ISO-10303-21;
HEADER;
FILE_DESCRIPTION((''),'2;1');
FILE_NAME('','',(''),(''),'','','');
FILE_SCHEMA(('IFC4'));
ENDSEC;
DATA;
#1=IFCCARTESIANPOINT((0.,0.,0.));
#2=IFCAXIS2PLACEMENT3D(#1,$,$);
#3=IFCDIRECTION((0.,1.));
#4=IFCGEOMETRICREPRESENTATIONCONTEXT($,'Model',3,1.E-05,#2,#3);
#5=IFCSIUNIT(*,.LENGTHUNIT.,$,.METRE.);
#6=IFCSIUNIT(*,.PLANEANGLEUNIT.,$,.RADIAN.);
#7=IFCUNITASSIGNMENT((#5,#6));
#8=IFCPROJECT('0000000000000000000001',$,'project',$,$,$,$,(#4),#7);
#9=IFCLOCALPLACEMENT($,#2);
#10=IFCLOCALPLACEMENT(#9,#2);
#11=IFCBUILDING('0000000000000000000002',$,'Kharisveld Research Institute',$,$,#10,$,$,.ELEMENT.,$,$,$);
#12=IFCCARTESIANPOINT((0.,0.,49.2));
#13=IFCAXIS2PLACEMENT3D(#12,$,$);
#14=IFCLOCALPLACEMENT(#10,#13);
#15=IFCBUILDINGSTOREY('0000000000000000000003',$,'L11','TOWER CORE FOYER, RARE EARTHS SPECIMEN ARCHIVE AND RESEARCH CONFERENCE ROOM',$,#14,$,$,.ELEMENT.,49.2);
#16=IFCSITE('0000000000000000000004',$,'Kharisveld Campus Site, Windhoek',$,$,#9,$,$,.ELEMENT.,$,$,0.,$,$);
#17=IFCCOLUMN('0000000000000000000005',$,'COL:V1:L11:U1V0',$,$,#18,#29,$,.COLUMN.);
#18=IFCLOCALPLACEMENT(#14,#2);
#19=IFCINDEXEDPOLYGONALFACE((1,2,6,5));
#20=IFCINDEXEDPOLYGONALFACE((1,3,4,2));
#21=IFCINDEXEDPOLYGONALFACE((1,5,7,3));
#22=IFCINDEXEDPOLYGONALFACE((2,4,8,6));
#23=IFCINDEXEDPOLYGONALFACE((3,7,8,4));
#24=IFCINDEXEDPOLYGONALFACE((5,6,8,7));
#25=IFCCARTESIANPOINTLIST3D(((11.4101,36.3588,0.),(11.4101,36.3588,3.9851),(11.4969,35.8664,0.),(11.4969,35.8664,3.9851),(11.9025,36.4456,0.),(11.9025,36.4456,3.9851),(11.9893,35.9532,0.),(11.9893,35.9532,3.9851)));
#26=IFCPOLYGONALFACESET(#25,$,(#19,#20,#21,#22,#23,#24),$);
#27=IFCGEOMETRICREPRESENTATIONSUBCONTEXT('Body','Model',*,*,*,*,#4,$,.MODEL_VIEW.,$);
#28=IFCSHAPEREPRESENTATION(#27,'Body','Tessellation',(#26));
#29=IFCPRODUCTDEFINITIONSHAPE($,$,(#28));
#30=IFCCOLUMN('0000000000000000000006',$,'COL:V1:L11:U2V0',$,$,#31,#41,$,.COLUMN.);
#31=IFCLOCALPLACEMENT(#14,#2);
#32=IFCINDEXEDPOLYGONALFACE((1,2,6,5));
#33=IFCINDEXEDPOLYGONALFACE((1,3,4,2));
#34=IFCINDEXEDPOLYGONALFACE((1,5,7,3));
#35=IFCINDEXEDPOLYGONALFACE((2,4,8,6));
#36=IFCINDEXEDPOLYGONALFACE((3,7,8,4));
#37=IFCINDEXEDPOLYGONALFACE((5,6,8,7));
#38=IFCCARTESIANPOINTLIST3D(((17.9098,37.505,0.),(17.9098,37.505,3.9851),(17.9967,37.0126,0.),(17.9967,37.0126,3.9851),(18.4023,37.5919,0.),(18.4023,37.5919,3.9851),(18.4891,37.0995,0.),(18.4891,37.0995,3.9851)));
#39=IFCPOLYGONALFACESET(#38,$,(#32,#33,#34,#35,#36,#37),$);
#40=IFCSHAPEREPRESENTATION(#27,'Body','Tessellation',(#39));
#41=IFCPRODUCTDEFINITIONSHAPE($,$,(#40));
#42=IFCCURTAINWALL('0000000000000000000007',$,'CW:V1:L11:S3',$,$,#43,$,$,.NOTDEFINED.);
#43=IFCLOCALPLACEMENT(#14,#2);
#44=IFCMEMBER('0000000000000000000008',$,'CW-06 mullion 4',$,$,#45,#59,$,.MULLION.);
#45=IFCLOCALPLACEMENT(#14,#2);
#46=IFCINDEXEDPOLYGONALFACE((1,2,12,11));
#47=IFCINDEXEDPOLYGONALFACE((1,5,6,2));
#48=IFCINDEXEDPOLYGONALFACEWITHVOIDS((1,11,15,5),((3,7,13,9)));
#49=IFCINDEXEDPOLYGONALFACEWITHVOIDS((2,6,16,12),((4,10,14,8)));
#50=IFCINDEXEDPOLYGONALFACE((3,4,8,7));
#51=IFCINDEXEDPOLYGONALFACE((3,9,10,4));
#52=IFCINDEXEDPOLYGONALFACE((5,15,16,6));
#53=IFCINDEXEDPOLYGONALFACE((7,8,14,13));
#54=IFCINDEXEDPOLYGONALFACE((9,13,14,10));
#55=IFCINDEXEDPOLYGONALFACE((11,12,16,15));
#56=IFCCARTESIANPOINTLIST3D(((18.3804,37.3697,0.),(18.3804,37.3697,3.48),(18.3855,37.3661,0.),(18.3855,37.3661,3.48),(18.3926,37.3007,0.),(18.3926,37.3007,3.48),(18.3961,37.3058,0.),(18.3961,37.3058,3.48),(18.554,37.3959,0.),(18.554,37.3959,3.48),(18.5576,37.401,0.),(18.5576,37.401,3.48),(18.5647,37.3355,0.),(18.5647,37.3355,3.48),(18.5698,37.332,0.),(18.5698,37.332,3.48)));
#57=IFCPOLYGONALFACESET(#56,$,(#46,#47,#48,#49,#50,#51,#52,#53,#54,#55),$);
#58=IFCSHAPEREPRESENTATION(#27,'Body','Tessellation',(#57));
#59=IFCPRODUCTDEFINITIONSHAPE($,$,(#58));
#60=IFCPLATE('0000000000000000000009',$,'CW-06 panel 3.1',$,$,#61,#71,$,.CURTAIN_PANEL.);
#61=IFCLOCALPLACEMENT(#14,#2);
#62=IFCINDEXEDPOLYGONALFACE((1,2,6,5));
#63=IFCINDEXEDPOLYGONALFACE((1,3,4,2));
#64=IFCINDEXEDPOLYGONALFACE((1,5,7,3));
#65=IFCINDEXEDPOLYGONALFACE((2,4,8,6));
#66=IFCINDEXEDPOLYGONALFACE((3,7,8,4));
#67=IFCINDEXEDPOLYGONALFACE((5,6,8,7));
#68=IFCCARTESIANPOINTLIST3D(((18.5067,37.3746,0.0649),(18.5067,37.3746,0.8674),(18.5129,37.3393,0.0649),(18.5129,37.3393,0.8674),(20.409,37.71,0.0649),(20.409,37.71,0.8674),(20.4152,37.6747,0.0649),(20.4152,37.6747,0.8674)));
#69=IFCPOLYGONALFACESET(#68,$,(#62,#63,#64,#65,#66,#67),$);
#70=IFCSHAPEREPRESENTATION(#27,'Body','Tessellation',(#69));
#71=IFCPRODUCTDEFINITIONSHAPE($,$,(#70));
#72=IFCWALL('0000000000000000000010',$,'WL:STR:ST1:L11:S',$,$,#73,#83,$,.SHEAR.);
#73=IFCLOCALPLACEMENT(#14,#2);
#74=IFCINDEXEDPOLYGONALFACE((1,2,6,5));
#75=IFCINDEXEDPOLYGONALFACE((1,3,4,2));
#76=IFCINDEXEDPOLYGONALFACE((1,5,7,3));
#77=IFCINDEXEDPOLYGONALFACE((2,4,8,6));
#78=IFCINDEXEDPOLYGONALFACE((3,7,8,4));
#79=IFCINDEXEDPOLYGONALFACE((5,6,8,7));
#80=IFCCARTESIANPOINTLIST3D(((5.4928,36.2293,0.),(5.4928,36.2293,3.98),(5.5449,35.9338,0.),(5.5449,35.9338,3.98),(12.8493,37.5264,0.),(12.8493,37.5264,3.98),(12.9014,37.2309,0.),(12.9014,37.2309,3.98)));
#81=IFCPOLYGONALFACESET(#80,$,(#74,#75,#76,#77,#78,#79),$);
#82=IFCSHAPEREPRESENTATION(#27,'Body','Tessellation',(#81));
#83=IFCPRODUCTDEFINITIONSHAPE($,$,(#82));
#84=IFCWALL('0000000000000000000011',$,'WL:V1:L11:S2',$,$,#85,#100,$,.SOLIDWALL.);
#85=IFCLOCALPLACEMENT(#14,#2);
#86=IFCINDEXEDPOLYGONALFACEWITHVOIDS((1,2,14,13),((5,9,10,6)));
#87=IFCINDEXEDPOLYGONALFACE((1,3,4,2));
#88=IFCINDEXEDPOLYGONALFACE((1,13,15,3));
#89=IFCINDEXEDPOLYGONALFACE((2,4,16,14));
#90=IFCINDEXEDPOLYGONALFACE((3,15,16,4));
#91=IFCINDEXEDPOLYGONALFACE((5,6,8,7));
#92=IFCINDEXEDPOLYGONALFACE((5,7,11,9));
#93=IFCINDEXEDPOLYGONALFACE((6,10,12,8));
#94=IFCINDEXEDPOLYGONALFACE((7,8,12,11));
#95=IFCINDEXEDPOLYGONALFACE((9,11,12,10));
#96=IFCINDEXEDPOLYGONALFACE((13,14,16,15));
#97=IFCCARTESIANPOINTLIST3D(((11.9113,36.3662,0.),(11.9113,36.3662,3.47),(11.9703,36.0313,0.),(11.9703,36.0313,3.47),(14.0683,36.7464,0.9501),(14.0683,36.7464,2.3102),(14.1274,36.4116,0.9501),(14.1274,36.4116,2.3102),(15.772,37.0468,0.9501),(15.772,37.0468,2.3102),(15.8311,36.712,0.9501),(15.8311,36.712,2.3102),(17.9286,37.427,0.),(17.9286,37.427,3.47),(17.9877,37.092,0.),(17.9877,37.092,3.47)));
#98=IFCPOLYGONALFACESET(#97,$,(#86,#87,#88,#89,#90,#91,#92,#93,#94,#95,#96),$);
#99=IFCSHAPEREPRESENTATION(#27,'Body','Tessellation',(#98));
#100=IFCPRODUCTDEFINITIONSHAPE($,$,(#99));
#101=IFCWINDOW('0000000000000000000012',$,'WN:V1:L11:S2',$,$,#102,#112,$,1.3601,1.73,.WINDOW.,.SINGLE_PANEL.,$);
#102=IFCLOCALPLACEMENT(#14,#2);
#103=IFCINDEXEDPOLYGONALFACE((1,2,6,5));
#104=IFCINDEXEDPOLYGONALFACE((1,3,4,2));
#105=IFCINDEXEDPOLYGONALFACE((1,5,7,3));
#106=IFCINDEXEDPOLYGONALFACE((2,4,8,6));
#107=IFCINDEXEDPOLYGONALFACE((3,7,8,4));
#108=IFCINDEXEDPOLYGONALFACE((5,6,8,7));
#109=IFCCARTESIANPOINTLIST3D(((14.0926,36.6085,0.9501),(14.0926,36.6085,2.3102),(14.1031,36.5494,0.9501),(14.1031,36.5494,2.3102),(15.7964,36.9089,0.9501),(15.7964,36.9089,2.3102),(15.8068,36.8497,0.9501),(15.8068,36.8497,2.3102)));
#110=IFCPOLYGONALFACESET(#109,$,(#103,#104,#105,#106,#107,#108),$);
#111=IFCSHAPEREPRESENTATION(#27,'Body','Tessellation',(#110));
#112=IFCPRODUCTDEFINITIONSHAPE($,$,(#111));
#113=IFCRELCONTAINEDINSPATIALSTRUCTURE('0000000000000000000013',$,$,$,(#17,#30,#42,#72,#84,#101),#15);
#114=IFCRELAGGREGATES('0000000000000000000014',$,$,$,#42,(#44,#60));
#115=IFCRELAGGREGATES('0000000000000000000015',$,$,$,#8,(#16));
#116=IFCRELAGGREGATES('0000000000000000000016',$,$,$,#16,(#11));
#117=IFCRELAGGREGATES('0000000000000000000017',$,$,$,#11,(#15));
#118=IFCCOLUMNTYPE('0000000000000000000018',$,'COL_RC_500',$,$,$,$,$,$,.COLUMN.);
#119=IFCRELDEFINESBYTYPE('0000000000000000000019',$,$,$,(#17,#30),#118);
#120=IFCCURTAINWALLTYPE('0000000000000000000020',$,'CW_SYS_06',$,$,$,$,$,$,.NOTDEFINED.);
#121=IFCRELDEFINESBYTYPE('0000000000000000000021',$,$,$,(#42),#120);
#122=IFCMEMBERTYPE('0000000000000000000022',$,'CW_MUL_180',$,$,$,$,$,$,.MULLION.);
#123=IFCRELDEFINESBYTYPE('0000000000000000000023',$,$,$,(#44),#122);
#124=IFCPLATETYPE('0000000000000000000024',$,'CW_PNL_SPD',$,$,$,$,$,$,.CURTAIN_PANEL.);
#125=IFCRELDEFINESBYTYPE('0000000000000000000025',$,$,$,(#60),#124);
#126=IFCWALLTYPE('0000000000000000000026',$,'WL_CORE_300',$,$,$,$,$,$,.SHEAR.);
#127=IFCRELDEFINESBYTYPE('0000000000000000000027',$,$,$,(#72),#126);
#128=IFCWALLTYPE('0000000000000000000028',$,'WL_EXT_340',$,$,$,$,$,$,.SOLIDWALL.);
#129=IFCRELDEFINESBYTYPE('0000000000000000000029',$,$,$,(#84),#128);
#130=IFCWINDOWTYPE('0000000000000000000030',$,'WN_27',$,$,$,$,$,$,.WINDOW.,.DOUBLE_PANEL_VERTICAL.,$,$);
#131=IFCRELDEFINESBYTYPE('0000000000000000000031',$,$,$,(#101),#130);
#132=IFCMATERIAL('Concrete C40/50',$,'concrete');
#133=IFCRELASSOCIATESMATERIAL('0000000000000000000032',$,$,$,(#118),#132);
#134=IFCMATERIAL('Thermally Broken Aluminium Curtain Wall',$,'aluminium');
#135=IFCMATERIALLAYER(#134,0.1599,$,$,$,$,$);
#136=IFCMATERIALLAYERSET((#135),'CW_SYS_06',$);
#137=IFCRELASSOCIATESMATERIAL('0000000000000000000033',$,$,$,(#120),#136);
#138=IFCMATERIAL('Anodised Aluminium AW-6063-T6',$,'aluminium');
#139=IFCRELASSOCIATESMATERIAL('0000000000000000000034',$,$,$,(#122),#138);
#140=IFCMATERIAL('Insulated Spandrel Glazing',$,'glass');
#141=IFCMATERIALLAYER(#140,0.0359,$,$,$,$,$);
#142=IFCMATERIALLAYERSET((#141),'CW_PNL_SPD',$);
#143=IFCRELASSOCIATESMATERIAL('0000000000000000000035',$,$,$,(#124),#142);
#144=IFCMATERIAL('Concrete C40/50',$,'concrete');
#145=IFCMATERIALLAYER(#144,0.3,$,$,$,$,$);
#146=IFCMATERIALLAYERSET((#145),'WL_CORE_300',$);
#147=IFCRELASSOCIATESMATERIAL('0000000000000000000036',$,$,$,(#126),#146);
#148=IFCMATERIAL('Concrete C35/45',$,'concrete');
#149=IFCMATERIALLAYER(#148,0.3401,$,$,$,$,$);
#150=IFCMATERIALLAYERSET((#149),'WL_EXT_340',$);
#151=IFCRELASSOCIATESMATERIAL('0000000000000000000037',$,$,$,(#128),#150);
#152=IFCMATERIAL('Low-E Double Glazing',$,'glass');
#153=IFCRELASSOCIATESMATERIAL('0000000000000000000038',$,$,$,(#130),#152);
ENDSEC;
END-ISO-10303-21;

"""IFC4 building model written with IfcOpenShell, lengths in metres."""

from ifc_helpers import new_model, si_unit, direction, frame, frame_2d, origin, origin_2d, place, context, subcontext, project, spatial, rectangle, hollow_rectangle, extrude, material, layer, layer_set, material_profile, profile_set, type_object, element, fill, aggregate, save


model = new_model("IFC4")

# Units and contexts
model_context = context("Model", 3, precision=1e-05, world=origin(), true_north=direction((0.0, 1.0)))
body_context = subcontext(model_context, "Body", "Model", "MODEL_VIEW")
ifc_project = project(units=[si_unit("LENGTHUNIT", "METRE"), si_unit("PLANEANGLEUNIT", "RADIAN")], contexts=[model_context])

# Site, building, storey
site_placement = place(None, origin())
site = spatial("IfcSite", under=ifc_project, at=site_placement, Name="Kharisveld Campus Site, Windhoek", CompositionType="ELEMENT", RefElevation=0.0)
building_placement = place(site_placement, origin())
building = spatial("IfcBuilding", under=site, at=building_placement, Name="Kharisveld Research Institute", CompositionType="ELEMENT")
storey_placement = place(building_placement, frame((0.0, 0.0, 49.2)))
storey = spatial("IfcBuildingStorey", under=building, at=storey_placement, Name="L11", Description="TOWER CORE FOYER, RARE EARTHS SPECIMEN ARCHIVE AND RESEARCH CONFERENCE ROOM", CompositionType="ELEMENT", Elevation=49.2)

# Columns
ifc_material_1 = material(Name="Concrete C40/50", Category="concrete")
ifc_material_profile_1 = material_profile(ifc_material_1, rectangle(XDim=0.5, YDim=0.5, at=origin_2d()))
ifc_profile_set_1 = profile_set([ifc_material_profile_1], Name="Concrete C40/50")
column_type = type_object("IfcColumnType", Name="COL_RC_500", PredefinedType="COLUMN", material=ifc_profile_set_1)
for number, where, z_axis, x_axis, name in (
    (1, (11.6997, 36.156, 0.0), (0.0, 0.0, 1.0), (0.984808, 0.173648, 0.0), "COL:V1:L11:U1V0"),
    (2, (18.1995, 37.3022, 0.0), (0.0, 0.0, 1.0), (0.984808, 0.173648, 0.0), "COL:V1:L11:U2V0"),
):
    element("IfcColumn", number, at=place(storey_placement, frame(where, z_axis=z_axis, x_axis=x_axis)), inside=storey, type_object=column_type, Name=name, PredefinedType="COLUMN", context=body_context, shape_type="SweptSolid", body=[
        extrude(rectangle(XDim=0.5, YDim=0.5, at=origin_2d()), origin(), (0.0, 0.0, 1.0), 3.9851),
    ])

# Curtain wall, member, plate
ifc_material_2 = material(Name="Thermally Broken Aluminium Curtain Wall", Category="aluminium")
ifc_layer_1 = layer(ifc_material_2, 0.1599)
ifc_layer_set_1 = layer_set([ifc_layer_1], Name="CW_SYS_06")
curtain_wall_type = type_object("IfcCurtainWallType", Name="CW_SYS_06", PredefinedType="NOTDEFINED", material=ifc_layer_set_1)
curtain_wall_placement = place(storey_placement, origin())
curtain_wall = element("IfcCurtainWall", 3, at=curtain_wall_placement, inside=storey, type_object=curtain_wall_type, Name="CW:V1:L11:S3", PredefinedType="NOTDEFINED")
ifc_material_3 = material(Name="Anodised Aluminium AW-6063-T6", Category="aluminium")
ifc_material_profile_2 = material_profile(ifc_material_3, hollow_rectangle(XDim=0.0701, YDim=0.1799, WallThickness=0.0044, at=origin_2d()))
ifc_profile_set_2 = profile_set([ifc_material_profile_2], Name="Anodised Aluminium AW-6063-T6")
member_type = type_object("IfcMemberType", Name="CW_MUL_180", PredefinedType="MULLION", material=ifc_profile_set_2)
member_placement = place(storey_placement, frame((18.4751, 37.3508, 0.0), z_axis=(0.0, 0.0, 1.0), x_axis=(0.173648, -0.984808, 0.0)))
member = element("IfcMember", 4, at=member_placement, type_object=member_type, Name="CW-06 mullion 4", PredefinedType="MULLION", context=body_context, shape_type="SweptSolid", body=[
    extrude(hollow_rectangle(XDim=0.0701, YDim=0.1799, WallThickness=0.0044, at=origin_2d()), origin(), (0.0, 0.0, 1.0), 3.48),
])
ifc_material_4 = material(Name="Insulated Spandrel Glazing", Category="glass")
ifc_layer_2 = layer(ifc_material_4, 0.0359)
ifc_layer_set_2 = layer_set([ifc_layer_2], Name="CW_PNL_SPD")
plate_type = type_object("IfcPlateType", Name="CW_PNL_SPD", PredefinedType="CURTAIN_PANEL", material=ifc_layer_set_2)
plate_placement = place(storey_placement, frame((19.4609, 37.5247, 0.0649), z_axis=(0.0, 0.0, 1.0), x_axis=(-0.984808, -0.173648, 0.0)))
plate = element("IfcPlate", 5, at=plate_placement, type_object=plate_type, Name="CW-06 panel 3.1", PredefinedType="CURTAIN_PANEL", context=body_context, shape_type="SweptSolid", body=[
    extrude(rectangle(XDim=1.9316, YDim=0.0359, at=origin_2d()), origin(), (0.0, 0.0, 1.0), 0.8025),
])
aggregate(curtain_wall, [member, plate])

# Wall
ifc_material_5 = material(Name="Concrete C40/50", Category="concrete")
ifc_layer_3 = layer(ifc_material_5, 0.3)
ifc_layer_set_3 = layer_set([ifc_layer_3], Name="WL_CORE_300")
wall_type_1 = type_object("IfcWallType", Name="WL_CORE_300", PredefinedType="SHEAR", material=ifc_layer_set_3)
wall_1_placement = place(storey_placement, frame((12.8752, 37.3787, 0.0), z_axis=(0.0, 0.0, 1.0), x_axis=(-0.984808, -0.173645, 0.0)))
element("IfcWall", 6, at=wall_1_placement, inside=storey, type_object=wall_type_1, Name="WL:STR:ST1:L11:S", PredefinedType="SHEAR", context=body_context, shape_type="SweptSolid", body=[
    extrude(rectangle(XDim=7.47, YDim=0.3, at=frame_2d((3.7349, 0.0))), origin(), (0.0, 0.0, 1.0), 3.98),
])

# Wall, opening, window
ifc_material_6 = material(Name="Concrete C35/45", Category="concrete")
ifc_layer_4 = layer(ifc_material_6, 0.3401)
ifc_layer_set_4 = layer_set([ifc_layer_4], Name="WL_EXT_340")
wall_type_2 = type_object("IfcWallType", Name="WL_EXT_340", PredefinedType="SOLIDWALL", material=ifc_layer_set_4)
wall_2_placement = place(storey_placement, frame((17.9583, 37.2595, 0.0), z_axis=(0.0, 0.0, 1.0), x_axis=(-0.984814, -0.173612, 0.0)))
wall_2 = element("IfcWall", 7, at=wall_2_placement, inside=storey, type_object=wall_type_2, Name="WL:V1:L11:S2", PredefinedType="SOLIDWALL", context=body_context, shape_type="SweptSolid", body=[
    extrude(rectangle(XDim=6.1101, YDim=0.3401, at=frame_2d((3.0552, 0.0))), origin(), (0.0, 0.0, 1.0), 3.47),
])
opening_placement = place(wall_2_placement, frame((2.1899, 0.0, 0.95)))
opening = element("IfcOpeningElement", 8, at=opening_placement, cuts=wall_2, PredefinedType="OPENING", context=body_context, shape_type="SweptSolid", body=[
    extrude(rectangle(XDim=1.73, YDim=1.3601, at=frame_2d((0.865, 0.6802))), frame((0.0, 0.1699, 0.0), z_axis=(0.0, -1.0, 0.0), x_axis=(1.0, 0.0, 0.0)), (0.0, 0.0, 1.0), 0.3401),
])
ifc_material_7 = material(Name="Low-E Double Glazing", Category="glass")
window_type = type_object("IfcWindowType", Name="WN_27", PartitioningType="DOUBLE_PANEL_VERTICAL", PredefinedType="WINDOW", material=ifc_material_7)
window_placement = place(opening_placement, origin())
window = element("IfcWindow", 9, at=window_placement, inside=storey, type_object=window_type, Name="WN:V1:L11:S2", OverallHeight=1.3601, OverallWidth=1.73, PartitioningType="SINGLE_PANEL", PredefinedType="WINDOW", context=body_context, shape_type="SweptSolid", body=[
    extrude(rectangle(XDim=1.73, YDim=1.3601, at=frame_2d((0.865, 0.6802))), frame((0.0, 0.03, 0.0), z_axis=(0.0, -1.0, 0.0), x_axis=(1.0, 0.0, 0.0)), (0.0, 0.0, 1.0), 0.0601),
])
fill(opening, window)

save(model, "model.ifc")
